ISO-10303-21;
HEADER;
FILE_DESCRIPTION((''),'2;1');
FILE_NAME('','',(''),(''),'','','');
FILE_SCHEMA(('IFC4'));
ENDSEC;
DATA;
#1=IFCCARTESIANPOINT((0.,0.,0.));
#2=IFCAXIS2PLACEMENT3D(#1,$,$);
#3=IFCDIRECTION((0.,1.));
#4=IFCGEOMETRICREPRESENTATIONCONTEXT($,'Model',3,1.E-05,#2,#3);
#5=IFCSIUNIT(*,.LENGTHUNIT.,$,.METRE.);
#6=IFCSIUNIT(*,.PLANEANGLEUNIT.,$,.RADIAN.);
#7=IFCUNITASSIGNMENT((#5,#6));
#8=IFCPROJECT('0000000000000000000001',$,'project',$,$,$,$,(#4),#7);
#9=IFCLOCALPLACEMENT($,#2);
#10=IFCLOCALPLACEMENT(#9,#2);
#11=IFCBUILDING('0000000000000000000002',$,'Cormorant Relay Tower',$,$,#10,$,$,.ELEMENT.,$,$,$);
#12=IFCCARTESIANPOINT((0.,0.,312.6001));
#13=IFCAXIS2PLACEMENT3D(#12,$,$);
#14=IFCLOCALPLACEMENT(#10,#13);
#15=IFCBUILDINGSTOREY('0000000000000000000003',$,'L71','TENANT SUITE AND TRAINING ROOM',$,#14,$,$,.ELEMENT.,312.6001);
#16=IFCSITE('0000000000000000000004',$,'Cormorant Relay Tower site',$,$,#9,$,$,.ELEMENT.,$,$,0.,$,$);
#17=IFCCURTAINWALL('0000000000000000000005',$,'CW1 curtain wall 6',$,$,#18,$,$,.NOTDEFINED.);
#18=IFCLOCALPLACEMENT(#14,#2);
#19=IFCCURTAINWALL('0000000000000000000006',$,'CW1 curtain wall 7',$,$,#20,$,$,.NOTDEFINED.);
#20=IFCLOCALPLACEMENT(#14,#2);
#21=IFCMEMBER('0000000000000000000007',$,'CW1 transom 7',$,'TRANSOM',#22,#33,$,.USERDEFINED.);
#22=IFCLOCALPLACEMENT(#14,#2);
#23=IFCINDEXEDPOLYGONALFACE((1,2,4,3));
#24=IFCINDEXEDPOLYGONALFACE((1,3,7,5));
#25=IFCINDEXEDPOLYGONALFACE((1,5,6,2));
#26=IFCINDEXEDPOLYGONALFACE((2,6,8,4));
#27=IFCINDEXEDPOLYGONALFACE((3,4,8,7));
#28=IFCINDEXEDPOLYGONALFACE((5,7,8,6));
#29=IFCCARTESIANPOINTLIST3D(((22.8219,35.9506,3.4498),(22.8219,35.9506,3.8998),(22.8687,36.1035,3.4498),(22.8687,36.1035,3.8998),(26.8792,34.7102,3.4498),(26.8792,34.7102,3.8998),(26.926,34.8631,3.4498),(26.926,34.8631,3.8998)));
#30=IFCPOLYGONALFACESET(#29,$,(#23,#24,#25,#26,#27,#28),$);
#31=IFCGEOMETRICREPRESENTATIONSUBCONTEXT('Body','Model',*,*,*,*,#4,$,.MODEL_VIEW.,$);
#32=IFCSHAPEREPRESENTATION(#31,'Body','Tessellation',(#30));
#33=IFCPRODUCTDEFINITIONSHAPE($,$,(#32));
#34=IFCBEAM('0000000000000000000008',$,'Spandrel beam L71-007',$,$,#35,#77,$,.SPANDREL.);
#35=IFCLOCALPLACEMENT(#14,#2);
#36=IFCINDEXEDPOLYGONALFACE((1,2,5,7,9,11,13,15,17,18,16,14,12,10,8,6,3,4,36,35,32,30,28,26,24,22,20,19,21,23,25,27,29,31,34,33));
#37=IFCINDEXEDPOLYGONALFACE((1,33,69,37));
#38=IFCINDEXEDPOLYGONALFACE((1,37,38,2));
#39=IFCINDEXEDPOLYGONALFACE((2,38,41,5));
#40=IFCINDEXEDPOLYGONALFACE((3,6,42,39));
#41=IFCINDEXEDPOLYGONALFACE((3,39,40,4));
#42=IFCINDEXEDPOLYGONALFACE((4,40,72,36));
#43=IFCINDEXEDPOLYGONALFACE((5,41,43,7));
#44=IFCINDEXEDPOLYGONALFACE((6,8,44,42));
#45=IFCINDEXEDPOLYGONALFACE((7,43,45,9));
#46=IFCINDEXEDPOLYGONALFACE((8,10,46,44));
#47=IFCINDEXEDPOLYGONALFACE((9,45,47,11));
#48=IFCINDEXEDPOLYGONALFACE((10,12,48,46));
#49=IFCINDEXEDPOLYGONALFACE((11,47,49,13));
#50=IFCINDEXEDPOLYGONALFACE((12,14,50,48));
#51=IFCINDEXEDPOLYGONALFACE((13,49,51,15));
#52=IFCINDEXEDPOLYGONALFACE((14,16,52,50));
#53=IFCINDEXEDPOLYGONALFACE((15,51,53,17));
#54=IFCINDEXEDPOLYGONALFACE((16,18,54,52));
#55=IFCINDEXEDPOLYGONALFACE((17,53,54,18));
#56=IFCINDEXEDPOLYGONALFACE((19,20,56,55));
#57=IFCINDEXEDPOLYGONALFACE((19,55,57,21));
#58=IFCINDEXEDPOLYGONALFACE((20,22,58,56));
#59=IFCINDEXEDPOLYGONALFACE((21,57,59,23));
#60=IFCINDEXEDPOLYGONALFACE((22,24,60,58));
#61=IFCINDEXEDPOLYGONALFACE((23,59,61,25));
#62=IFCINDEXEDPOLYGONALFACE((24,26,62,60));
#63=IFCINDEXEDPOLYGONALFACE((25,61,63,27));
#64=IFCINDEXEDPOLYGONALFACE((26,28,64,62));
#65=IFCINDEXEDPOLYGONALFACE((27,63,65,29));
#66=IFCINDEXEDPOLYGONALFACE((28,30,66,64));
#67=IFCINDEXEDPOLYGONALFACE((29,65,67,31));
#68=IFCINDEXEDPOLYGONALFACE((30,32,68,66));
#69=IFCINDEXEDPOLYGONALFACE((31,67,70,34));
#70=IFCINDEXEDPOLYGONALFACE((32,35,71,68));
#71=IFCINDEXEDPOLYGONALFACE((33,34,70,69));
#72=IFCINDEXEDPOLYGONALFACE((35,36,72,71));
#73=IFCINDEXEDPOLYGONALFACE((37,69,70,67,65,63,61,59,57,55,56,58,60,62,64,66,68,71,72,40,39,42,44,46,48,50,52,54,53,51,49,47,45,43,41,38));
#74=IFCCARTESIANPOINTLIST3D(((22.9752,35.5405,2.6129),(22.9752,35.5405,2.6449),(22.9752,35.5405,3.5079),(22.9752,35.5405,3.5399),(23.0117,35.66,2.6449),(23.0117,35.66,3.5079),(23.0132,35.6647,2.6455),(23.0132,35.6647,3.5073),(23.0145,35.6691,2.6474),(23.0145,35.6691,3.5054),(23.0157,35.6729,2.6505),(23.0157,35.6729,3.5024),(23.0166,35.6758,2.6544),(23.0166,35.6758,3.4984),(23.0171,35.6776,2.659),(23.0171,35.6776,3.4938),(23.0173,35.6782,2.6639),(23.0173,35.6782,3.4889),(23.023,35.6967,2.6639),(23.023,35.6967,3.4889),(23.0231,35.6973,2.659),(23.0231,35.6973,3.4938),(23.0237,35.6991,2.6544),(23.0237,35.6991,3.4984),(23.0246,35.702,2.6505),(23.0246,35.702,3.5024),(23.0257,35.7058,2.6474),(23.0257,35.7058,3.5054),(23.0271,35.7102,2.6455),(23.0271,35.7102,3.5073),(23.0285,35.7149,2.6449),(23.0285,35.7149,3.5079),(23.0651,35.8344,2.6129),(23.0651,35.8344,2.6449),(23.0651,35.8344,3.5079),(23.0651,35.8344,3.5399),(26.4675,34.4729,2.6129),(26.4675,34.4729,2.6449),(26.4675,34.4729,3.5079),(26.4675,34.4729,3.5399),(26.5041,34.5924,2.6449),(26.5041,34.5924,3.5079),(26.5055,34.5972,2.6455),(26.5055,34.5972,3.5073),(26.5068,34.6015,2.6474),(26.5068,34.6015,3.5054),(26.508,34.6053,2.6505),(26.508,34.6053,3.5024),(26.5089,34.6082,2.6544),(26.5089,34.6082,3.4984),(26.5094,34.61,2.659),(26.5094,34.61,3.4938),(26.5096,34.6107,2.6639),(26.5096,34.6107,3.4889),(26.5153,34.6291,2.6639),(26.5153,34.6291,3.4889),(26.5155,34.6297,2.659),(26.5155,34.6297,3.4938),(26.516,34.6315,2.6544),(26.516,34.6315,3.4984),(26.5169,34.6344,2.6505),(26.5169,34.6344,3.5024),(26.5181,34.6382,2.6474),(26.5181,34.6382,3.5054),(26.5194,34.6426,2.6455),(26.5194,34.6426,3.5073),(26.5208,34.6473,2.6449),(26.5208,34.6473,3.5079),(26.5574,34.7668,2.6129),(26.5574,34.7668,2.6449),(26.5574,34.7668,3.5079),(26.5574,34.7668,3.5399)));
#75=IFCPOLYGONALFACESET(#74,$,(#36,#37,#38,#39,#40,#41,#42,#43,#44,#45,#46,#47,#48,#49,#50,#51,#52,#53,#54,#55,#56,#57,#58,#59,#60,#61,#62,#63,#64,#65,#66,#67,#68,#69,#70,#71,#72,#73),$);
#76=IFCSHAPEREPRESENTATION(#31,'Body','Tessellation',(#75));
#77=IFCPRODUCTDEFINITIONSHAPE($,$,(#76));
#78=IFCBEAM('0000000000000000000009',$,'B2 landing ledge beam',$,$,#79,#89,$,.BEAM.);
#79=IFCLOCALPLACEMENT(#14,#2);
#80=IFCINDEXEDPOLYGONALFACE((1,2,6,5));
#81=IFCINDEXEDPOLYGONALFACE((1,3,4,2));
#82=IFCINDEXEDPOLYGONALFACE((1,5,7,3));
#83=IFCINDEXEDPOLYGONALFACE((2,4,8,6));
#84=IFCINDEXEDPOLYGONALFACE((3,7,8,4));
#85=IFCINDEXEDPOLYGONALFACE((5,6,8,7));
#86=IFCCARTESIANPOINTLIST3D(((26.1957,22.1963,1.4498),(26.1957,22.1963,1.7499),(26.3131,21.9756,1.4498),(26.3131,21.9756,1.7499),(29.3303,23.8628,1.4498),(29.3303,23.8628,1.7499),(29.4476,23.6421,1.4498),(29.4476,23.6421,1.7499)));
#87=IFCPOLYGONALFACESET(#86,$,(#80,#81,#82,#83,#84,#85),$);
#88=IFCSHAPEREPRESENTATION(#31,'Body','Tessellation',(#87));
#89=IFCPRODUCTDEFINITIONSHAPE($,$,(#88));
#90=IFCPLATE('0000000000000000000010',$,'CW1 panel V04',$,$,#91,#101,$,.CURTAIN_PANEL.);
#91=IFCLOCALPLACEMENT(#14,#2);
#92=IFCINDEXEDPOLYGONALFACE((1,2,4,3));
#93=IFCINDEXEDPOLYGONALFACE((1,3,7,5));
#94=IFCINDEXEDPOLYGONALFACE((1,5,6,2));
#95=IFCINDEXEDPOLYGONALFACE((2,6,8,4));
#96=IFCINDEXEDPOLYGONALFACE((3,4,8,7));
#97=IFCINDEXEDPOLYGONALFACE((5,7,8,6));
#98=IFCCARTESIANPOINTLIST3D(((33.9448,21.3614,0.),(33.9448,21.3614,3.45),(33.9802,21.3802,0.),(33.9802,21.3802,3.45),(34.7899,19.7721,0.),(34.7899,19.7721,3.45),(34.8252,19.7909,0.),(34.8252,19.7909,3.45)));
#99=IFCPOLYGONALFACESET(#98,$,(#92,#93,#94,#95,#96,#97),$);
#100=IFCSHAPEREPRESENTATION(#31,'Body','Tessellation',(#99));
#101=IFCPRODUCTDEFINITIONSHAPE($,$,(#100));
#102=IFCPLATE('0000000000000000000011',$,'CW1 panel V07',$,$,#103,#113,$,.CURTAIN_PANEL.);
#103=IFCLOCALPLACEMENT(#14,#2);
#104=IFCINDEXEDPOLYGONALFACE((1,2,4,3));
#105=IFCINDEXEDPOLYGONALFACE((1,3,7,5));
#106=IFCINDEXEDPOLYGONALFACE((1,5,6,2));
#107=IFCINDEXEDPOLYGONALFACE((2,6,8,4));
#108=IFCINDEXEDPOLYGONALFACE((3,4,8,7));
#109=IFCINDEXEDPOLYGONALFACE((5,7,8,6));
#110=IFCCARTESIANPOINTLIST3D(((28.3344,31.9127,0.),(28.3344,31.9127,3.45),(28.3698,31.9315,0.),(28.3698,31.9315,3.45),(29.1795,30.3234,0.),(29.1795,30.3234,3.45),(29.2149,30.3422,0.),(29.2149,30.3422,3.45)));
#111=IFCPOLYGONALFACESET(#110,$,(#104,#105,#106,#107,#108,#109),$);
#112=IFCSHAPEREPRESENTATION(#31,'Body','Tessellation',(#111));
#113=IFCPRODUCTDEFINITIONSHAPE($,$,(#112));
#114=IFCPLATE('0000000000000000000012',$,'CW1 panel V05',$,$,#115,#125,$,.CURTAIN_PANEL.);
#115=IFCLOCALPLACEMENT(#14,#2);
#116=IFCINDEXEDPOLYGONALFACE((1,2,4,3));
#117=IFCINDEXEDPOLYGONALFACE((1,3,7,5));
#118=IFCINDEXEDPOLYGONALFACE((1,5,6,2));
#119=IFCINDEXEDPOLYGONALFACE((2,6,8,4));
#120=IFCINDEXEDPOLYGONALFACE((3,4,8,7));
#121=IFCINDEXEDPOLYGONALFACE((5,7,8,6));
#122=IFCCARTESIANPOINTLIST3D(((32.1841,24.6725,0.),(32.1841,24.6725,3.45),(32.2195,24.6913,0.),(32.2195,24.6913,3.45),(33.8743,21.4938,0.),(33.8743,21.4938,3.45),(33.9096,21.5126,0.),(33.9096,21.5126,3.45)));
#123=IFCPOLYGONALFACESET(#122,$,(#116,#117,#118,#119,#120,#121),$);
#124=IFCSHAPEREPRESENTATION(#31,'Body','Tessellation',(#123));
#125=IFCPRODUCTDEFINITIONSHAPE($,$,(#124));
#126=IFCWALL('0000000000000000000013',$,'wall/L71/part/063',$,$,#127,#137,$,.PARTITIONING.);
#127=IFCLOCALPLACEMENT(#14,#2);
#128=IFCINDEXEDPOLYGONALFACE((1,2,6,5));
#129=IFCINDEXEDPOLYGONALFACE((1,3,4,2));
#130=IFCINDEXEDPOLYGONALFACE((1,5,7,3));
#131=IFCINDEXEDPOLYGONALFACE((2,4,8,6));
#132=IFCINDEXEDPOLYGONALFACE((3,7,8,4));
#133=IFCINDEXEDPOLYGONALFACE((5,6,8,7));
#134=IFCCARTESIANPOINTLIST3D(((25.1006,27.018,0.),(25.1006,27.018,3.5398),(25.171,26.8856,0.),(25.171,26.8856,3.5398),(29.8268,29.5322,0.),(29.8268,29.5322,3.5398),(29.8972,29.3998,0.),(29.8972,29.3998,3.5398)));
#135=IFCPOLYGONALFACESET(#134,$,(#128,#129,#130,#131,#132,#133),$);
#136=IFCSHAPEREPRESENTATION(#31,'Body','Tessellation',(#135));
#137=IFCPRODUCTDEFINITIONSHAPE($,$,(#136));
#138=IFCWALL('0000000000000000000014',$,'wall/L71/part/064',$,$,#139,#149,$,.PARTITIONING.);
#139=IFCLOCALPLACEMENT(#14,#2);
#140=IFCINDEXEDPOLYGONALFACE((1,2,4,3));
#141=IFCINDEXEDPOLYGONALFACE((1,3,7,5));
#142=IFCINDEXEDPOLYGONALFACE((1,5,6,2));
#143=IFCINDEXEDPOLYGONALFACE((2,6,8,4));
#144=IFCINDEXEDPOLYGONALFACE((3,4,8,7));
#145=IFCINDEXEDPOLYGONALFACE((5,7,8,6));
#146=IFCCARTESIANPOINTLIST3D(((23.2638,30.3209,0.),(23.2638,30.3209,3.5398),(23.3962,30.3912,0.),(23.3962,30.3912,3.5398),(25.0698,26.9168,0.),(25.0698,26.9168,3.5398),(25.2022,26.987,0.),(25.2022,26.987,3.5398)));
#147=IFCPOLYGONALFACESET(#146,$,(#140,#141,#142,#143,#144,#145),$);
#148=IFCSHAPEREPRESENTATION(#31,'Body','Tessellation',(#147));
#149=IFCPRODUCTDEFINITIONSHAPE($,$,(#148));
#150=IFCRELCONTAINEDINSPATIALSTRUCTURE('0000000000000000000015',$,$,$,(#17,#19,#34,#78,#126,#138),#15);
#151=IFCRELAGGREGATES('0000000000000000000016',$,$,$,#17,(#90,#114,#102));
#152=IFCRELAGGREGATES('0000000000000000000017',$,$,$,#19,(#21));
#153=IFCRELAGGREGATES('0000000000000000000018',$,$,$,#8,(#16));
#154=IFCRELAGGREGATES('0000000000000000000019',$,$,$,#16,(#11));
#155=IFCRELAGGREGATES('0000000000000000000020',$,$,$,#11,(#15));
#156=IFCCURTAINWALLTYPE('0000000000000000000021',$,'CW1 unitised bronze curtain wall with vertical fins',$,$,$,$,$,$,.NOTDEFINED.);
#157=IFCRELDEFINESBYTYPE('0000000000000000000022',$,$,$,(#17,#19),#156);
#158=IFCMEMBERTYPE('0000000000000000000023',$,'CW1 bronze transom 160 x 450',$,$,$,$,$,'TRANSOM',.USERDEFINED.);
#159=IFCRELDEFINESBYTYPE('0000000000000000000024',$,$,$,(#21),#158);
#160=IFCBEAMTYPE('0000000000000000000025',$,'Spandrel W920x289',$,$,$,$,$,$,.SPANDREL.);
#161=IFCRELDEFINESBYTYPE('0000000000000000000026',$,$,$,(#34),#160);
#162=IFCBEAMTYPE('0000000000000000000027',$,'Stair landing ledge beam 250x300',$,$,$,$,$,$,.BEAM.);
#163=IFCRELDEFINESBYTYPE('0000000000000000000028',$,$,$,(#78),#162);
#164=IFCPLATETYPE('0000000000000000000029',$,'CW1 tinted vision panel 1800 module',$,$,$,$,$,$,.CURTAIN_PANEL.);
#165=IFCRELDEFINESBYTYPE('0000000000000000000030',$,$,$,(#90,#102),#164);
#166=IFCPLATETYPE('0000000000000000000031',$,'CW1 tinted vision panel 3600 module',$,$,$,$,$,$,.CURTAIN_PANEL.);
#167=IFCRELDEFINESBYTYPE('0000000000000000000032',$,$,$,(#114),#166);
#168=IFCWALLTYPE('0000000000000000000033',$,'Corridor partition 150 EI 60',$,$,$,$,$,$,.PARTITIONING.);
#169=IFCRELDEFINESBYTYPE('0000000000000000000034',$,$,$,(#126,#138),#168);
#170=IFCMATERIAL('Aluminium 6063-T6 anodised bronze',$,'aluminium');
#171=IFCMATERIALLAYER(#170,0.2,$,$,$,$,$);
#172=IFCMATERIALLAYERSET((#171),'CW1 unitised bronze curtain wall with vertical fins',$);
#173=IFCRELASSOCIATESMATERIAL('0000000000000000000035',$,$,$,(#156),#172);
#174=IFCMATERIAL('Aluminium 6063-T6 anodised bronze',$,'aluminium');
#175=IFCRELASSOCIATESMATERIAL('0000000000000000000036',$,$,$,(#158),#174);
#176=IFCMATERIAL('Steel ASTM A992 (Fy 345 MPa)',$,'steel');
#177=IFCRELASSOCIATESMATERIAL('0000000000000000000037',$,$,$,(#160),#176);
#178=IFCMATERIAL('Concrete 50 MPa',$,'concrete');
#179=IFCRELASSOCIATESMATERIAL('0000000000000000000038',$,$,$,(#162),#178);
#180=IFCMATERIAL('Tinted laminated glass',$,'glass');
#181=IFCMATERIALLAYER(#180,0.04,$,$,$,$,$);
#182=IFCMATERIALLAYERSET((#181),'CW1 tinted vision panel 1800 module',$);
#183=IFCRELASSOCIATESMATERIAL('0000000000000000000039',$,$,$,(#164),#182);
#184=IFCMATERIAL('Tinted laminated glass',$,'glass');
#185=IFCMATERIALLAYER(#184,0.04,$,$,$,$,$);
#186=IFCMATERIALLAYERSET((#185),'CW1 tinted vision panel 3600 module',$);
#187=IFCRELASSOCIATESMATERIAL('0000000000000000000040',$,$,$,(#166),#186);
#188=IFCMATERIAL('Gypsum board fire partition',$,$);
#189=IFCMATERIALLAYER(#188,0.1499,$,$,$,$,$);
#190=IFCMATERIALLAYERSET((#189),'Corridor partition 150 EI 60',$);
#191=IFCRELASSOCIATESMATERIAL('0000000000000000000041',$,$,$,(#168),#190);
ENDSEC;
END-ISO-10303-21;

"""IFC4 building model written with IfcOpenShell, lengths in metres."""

from ifc_helpers import new_model, si_unit, direction, frame, frame_2d, origin, origin_2d, place, context, subcontext, project, spatial, rectangle, i_section, extrude, material, layer, layer_set, material_profile, profile_set, type_object, element, aggregate, save


model = new_model("IFC4")

# Units and contexts
model_context = context("Model", 3, precision=1e-05, world=origin(), true_north=direction((0.0, 1.0)))
body_context = subcontext(model_context, "Body", "Model", "MODEL_VIEW")
ifc_project = project(units=[si_unit("LENGTHUNIT", "METRE"), si_unit("PLANEANGLEUNIT", "RADIAN")], contexts=[model_context])

# Site, building, storey
site_placement = place(None, origin())
site = spatial("IfcSite", under=ifc_project, at=site_placement, Name="Cormorant Relay Tower site", CompositionType="ELEMENT", RefElevation=0.0)
building_placement = place(site_placement, origin())
building = spatial("IfcBuilding", under=site, at=building_placement, Name="Cormorant Relay Tower", CompositionType="ELEMENT")
storey_placement = place(building_placement, frame((0.0, 0.0, 312.6001)))
storey = spatial("IfcBuildingStorey", under=building, at=storey_placement, Name="L71", Description="TENANT SUITE AND TRAINING ROOM", CompositionType="ELEMENT", Elevation=312.6001)

# Curtain walls, member
ifc_material_1 = material(Name="Aluminium 6063-T6 anodised bronze", Category="aluminium")
ifc_layer_1 = layer(ifc_material_1, 0.2)
ifc_layer_set_1 = layer_set([ifc_layer_1], Name="CW1 unitised bronze curtain wall with vertical fins")
curtain_wall_type = type_object("IfcCurtainWallType", Name="CW1 unitised bronze curtain wall with vertical fins", PredefinedType="NOTDEFINED", material=ifc_layer_set_1)
curtain_wall_1_placement = place(storey_placement, origin())
curtain_wall_1 = element("IfcCurtainWall", 1, at=curtain_wall_1_placement, inside=storey, type_object=curtain_wall_type, Name="CW1 curtain wall 6", PredefinedType="NOTDEFINED")
curtain_wall_2_placement = place(storey_placement, origin())
curtain_wall_2 = element("IfcCurtainWall", 2, at=curtain_wall_2_placement, inside=storey, type_object=curtain_wall_type, Name="CW1 curtain wall 7", PredefinedType="NOTDEFINED")
ifc_material_2 = material(Name="Aluminium 6063-T6 anodised bronze", Category="aluminium")
ifc_material_profile_1 = material_profile(ifc_material_2, rectangle(XDim=0.1599, YDim=0.45, at=origin_2d()), Name="AL 160x450")
ifc_profile_set_1 = profile_set([ifc_material_profile_1], Name="Aluminium 6063-T6 anodised bronze")
member_type_1 = type_object("IfcMemberType", Name="CW1 bronze transom 160 x 450", ElementType="TRANSOM", PredefinedType="USERDEFINED", material=ifc_profile_set_1)
member_1_placement = place(storey_placement, frame((26.9026, 34.7866, 3.6748), z_axis=(-0.956304, 0.292375, 0.0), x_axis=(-0.292375, -0.956304, 0.0)))
member_1 = element("IfcMember", 3, at=member_1_placement, type_object=member_type_1, Name="CW1 transom 7", ObjectType="TRANSOM", PredefinedType="USERDEFINED", context=body_context, shape_type="SweptSolid", body=[
    extrude(rectangle(XDim=0.1599, YDim=0.45, at=origin_2d()), origin(), (0.0, 0.0, 1.0), 4.2427),
])

# Beams
ifc_material_3 = material(Name="Steel ASTM A992 (Fy 345 MPa)", Category="steel")
ifc_material_profile_2 = material_profile(ifc_material_3, i_section(OverallWidth=0.3074, OverallDepth=0.927, WebThickness=0.0193, FlangeThickness=0.032, FilletRadius=0.019, at=origin_2d()), Name="W920x289")
ifc_profile_set_2 = profile_set([ifc_material_profile_2], Name="Steel ASTM A992 (Fy 345 MPa)")
beam_type_1 = type_object("IfcBeamType", Name="Spandrel W920x289", PredefinedType="SPANDREL", material=ifc_profile_set_2)
beam_1_placement = place(storey_placement, frame((26.5125, 34.6199, 3.0764), z_axis=(-0.956314, 0.292343, 0.0), x_axis=(-0.292343, -0.956314, 0.0)))
element("IfcBeam", 4, at=beam_1_placement, inside=storey, type_object=beam_type_1, Name="Spandrel beam L71-007", PredefinedType="SPANDREL", context=body_context, shape_type="SweptSolid", body=[
    extrude(i_section(OverallWidth=0.3074, OverallDepth=0.927, WebThickness=0.0193, FlangeThickness=0.032, FilletRadius=0.019, at=origin_2d()), origin(), (0.0, 0.0, 1.0), 3.6519),
])
ifc_material_4 = material(Name="Concrete 50 MPa", Category="concrete")
ifc_material_profile_3 = material_profile(ifc_material_4, rectangle(XDim=0.25, YDim=0.3, at=origin_2d()), Name="RC 250x300")
ifc_profile_set_3 = profile_set([ifc_material_profile_3], Name="Concrete 50 MPa")
beam_type_2 = type_object("IfcBeamType", Name="Stair landing ledge beam 250x300", PredefinedType="BEAM", material=ifc_profile_set_3)
beam_2_placement = place(storey_placement, frame((26.2544, 22.0859, 1.5999), z_axis=(0.882965, 0.469438, 0.0), x_axis=(-0.469438, 0.882965, 0.0)))
element("IfcBeam", 5, at=beam_2_placement, inside=storey, type_object=beam_type_2, Name="B2 landing ledge beam", PredefinedType="BEAM", context=body_context, shape_type="SweptSolid", body=[
    extrude(rectangle(XDim=0.25, YDim=0.3, at=origin_2d()), origin(), (0.0, 0.0, 1.0), 3.55),
])

# Plates
ifc_material_5 = material(Name="Tinted laminated glass", Category="glass")
ifc_layer_2 = layer(ifc_material_5, 0.04)
ifc_layer_set_2 = layer_set([ifc_layer_2], Name="CW1 tinted vision panel 1800 module")
plate_type_1 = type_object("IfcPlateType", Name="CW1 tinted vision panel 1800 module", PredefinedType="CURTAIN_PANEL", material=ifc_layer_set_2)
plate_1_placement = place(storey_placement, frame((34.385, 20.5762, 0.0), z_axis=(0.0, 0.0, 1.0), x_axis=(-0.469472, 0.882948, 0.0)))
plate_1 = element("IfcPlate", 6, at=plate_1_placement, type_object=plate_type_1, Name="CW1 panel V04", PredefinedType="CURTAIN_PANEL", context=body_context, shape_type="SweptSolid", body=[
    extrude(rectangle(XDim=1.8, YDim=0.04, at=origin_2d()), origin(), (0.0, 0.0, 1.0), 3.45),
])
plate_2_placement = place(storey_placement, frame((28.7747, 31.1274, 0.0), z_axis=(0.0, 0.0, 1.0), x_axis=(-0.469472, 0.882948, 0.0)))
plate_2 = element("IfcPlate", 7, at=plate_2_placement, type_object=plate_type_1, Name="CW1 panel V07", PredefinedType="CURTAIN_PANEL", context=body_context, shape_type="SweptSolid", body=[
    extrude(rectangle(XDim=1.8, YDim=0.04, at=origin_2d()), origin(), (0.0, 0.0, 1.0), 3.45),
])
ifc_material_6 = material(Name="Tinted laminated glass", Category="glass")
ifc_layer_3 = layer(ifc_material_6, 0.04)
ifc_layer_set_3 = layer_set([ifc_layer_3], Name="CW1 tinted vision panel 3600 module")
plate_type_2 = type_object("IfcPlateType", Name="CW1 tinted vision panel 3600 module", PredefinedType="CURTAIN_PANEL", material=ifc_layer_set_3)
plate_3_placement = place(storey_placement, frame((33.0469, 23.0925, 0.0), z_axis=(0.0, 0.0, 1.0), x_axis=(-0.469472, 0.882948, 0.0)))
plate_3 = element("IfcPlate", 8, at=plate_3_placement, type_object=plate_type_2, Name="CW1 panel V05", PredefinedType="CURTAIN_PANEL", context=body_context, shape_type="SweptSolid", body=[
    extrude(rectangle(XDim=3.6001, YDim=0.04, at=origin_2d()), origin(), (0.0, 0.0, 1.0), 3.45),
])

# Walls
ifc_material_7 = material(Name="Gypsum board fire partition")
ifc_layer_4 = layer(ifc_material_7, 0.1499)
ifc_layer_set_4 = layer_set([ifc_layer_4], Name="Corridor partition 150 EI 60")
wall_type = type_object("IfcWallType", Name="Corridor partition 150 EI 60", PredefinedType="PARTITIONING", material=ifc_layer_set_4)
wall_1_placement = place(storey_placement, frame((29.8621, 29.4661, 0.0), z_axis=(0.0, 0.0, 1.0), x_axis=(-0.88285, -0.469655, 0.0)))
element("IfcWall", 9, at=wall_1_placement, inside=storey, type_object=wall_type, Name="wall/L71/part/063", PredefinedType="PARTITIONING", context=body_context, shape_type="SweptSolid", body=[
    extrude(rectangle(XDim=5.3533, YDim=0.1499, at=frame_2d((2.6768, 0.0))), origin(), (0.0, 0.0, 1.0), 3.5398),
])
wall_2_placement = place(storey_placement, frame((25.136, 26.9519, 0.0), z_axis=(0.0, 0.0, 1.0), x_axis=(-0.46865, 0.883384, 0.0)))
element("IfcWall", 10, at=wall_2_placement, inside=storey, type_object=wall_type, Name="wall/L71/part/064", PredefinedType="PARTITIONING", context=body_context, shape_type="SweptSolid", body=[
    extrude(rectangle(XDim=3.8535, YDim=0.1499, at=frame_2d((1.9268, 0.0))), origin(), (0.0, 0.0, 1.0), 3.5398),
])

aggregate(curtain_wall_1, [plate_1, plate_3, plate_2])
aggregate(curtain_wall_2, [member_1])

save(model, "model.ifc")
